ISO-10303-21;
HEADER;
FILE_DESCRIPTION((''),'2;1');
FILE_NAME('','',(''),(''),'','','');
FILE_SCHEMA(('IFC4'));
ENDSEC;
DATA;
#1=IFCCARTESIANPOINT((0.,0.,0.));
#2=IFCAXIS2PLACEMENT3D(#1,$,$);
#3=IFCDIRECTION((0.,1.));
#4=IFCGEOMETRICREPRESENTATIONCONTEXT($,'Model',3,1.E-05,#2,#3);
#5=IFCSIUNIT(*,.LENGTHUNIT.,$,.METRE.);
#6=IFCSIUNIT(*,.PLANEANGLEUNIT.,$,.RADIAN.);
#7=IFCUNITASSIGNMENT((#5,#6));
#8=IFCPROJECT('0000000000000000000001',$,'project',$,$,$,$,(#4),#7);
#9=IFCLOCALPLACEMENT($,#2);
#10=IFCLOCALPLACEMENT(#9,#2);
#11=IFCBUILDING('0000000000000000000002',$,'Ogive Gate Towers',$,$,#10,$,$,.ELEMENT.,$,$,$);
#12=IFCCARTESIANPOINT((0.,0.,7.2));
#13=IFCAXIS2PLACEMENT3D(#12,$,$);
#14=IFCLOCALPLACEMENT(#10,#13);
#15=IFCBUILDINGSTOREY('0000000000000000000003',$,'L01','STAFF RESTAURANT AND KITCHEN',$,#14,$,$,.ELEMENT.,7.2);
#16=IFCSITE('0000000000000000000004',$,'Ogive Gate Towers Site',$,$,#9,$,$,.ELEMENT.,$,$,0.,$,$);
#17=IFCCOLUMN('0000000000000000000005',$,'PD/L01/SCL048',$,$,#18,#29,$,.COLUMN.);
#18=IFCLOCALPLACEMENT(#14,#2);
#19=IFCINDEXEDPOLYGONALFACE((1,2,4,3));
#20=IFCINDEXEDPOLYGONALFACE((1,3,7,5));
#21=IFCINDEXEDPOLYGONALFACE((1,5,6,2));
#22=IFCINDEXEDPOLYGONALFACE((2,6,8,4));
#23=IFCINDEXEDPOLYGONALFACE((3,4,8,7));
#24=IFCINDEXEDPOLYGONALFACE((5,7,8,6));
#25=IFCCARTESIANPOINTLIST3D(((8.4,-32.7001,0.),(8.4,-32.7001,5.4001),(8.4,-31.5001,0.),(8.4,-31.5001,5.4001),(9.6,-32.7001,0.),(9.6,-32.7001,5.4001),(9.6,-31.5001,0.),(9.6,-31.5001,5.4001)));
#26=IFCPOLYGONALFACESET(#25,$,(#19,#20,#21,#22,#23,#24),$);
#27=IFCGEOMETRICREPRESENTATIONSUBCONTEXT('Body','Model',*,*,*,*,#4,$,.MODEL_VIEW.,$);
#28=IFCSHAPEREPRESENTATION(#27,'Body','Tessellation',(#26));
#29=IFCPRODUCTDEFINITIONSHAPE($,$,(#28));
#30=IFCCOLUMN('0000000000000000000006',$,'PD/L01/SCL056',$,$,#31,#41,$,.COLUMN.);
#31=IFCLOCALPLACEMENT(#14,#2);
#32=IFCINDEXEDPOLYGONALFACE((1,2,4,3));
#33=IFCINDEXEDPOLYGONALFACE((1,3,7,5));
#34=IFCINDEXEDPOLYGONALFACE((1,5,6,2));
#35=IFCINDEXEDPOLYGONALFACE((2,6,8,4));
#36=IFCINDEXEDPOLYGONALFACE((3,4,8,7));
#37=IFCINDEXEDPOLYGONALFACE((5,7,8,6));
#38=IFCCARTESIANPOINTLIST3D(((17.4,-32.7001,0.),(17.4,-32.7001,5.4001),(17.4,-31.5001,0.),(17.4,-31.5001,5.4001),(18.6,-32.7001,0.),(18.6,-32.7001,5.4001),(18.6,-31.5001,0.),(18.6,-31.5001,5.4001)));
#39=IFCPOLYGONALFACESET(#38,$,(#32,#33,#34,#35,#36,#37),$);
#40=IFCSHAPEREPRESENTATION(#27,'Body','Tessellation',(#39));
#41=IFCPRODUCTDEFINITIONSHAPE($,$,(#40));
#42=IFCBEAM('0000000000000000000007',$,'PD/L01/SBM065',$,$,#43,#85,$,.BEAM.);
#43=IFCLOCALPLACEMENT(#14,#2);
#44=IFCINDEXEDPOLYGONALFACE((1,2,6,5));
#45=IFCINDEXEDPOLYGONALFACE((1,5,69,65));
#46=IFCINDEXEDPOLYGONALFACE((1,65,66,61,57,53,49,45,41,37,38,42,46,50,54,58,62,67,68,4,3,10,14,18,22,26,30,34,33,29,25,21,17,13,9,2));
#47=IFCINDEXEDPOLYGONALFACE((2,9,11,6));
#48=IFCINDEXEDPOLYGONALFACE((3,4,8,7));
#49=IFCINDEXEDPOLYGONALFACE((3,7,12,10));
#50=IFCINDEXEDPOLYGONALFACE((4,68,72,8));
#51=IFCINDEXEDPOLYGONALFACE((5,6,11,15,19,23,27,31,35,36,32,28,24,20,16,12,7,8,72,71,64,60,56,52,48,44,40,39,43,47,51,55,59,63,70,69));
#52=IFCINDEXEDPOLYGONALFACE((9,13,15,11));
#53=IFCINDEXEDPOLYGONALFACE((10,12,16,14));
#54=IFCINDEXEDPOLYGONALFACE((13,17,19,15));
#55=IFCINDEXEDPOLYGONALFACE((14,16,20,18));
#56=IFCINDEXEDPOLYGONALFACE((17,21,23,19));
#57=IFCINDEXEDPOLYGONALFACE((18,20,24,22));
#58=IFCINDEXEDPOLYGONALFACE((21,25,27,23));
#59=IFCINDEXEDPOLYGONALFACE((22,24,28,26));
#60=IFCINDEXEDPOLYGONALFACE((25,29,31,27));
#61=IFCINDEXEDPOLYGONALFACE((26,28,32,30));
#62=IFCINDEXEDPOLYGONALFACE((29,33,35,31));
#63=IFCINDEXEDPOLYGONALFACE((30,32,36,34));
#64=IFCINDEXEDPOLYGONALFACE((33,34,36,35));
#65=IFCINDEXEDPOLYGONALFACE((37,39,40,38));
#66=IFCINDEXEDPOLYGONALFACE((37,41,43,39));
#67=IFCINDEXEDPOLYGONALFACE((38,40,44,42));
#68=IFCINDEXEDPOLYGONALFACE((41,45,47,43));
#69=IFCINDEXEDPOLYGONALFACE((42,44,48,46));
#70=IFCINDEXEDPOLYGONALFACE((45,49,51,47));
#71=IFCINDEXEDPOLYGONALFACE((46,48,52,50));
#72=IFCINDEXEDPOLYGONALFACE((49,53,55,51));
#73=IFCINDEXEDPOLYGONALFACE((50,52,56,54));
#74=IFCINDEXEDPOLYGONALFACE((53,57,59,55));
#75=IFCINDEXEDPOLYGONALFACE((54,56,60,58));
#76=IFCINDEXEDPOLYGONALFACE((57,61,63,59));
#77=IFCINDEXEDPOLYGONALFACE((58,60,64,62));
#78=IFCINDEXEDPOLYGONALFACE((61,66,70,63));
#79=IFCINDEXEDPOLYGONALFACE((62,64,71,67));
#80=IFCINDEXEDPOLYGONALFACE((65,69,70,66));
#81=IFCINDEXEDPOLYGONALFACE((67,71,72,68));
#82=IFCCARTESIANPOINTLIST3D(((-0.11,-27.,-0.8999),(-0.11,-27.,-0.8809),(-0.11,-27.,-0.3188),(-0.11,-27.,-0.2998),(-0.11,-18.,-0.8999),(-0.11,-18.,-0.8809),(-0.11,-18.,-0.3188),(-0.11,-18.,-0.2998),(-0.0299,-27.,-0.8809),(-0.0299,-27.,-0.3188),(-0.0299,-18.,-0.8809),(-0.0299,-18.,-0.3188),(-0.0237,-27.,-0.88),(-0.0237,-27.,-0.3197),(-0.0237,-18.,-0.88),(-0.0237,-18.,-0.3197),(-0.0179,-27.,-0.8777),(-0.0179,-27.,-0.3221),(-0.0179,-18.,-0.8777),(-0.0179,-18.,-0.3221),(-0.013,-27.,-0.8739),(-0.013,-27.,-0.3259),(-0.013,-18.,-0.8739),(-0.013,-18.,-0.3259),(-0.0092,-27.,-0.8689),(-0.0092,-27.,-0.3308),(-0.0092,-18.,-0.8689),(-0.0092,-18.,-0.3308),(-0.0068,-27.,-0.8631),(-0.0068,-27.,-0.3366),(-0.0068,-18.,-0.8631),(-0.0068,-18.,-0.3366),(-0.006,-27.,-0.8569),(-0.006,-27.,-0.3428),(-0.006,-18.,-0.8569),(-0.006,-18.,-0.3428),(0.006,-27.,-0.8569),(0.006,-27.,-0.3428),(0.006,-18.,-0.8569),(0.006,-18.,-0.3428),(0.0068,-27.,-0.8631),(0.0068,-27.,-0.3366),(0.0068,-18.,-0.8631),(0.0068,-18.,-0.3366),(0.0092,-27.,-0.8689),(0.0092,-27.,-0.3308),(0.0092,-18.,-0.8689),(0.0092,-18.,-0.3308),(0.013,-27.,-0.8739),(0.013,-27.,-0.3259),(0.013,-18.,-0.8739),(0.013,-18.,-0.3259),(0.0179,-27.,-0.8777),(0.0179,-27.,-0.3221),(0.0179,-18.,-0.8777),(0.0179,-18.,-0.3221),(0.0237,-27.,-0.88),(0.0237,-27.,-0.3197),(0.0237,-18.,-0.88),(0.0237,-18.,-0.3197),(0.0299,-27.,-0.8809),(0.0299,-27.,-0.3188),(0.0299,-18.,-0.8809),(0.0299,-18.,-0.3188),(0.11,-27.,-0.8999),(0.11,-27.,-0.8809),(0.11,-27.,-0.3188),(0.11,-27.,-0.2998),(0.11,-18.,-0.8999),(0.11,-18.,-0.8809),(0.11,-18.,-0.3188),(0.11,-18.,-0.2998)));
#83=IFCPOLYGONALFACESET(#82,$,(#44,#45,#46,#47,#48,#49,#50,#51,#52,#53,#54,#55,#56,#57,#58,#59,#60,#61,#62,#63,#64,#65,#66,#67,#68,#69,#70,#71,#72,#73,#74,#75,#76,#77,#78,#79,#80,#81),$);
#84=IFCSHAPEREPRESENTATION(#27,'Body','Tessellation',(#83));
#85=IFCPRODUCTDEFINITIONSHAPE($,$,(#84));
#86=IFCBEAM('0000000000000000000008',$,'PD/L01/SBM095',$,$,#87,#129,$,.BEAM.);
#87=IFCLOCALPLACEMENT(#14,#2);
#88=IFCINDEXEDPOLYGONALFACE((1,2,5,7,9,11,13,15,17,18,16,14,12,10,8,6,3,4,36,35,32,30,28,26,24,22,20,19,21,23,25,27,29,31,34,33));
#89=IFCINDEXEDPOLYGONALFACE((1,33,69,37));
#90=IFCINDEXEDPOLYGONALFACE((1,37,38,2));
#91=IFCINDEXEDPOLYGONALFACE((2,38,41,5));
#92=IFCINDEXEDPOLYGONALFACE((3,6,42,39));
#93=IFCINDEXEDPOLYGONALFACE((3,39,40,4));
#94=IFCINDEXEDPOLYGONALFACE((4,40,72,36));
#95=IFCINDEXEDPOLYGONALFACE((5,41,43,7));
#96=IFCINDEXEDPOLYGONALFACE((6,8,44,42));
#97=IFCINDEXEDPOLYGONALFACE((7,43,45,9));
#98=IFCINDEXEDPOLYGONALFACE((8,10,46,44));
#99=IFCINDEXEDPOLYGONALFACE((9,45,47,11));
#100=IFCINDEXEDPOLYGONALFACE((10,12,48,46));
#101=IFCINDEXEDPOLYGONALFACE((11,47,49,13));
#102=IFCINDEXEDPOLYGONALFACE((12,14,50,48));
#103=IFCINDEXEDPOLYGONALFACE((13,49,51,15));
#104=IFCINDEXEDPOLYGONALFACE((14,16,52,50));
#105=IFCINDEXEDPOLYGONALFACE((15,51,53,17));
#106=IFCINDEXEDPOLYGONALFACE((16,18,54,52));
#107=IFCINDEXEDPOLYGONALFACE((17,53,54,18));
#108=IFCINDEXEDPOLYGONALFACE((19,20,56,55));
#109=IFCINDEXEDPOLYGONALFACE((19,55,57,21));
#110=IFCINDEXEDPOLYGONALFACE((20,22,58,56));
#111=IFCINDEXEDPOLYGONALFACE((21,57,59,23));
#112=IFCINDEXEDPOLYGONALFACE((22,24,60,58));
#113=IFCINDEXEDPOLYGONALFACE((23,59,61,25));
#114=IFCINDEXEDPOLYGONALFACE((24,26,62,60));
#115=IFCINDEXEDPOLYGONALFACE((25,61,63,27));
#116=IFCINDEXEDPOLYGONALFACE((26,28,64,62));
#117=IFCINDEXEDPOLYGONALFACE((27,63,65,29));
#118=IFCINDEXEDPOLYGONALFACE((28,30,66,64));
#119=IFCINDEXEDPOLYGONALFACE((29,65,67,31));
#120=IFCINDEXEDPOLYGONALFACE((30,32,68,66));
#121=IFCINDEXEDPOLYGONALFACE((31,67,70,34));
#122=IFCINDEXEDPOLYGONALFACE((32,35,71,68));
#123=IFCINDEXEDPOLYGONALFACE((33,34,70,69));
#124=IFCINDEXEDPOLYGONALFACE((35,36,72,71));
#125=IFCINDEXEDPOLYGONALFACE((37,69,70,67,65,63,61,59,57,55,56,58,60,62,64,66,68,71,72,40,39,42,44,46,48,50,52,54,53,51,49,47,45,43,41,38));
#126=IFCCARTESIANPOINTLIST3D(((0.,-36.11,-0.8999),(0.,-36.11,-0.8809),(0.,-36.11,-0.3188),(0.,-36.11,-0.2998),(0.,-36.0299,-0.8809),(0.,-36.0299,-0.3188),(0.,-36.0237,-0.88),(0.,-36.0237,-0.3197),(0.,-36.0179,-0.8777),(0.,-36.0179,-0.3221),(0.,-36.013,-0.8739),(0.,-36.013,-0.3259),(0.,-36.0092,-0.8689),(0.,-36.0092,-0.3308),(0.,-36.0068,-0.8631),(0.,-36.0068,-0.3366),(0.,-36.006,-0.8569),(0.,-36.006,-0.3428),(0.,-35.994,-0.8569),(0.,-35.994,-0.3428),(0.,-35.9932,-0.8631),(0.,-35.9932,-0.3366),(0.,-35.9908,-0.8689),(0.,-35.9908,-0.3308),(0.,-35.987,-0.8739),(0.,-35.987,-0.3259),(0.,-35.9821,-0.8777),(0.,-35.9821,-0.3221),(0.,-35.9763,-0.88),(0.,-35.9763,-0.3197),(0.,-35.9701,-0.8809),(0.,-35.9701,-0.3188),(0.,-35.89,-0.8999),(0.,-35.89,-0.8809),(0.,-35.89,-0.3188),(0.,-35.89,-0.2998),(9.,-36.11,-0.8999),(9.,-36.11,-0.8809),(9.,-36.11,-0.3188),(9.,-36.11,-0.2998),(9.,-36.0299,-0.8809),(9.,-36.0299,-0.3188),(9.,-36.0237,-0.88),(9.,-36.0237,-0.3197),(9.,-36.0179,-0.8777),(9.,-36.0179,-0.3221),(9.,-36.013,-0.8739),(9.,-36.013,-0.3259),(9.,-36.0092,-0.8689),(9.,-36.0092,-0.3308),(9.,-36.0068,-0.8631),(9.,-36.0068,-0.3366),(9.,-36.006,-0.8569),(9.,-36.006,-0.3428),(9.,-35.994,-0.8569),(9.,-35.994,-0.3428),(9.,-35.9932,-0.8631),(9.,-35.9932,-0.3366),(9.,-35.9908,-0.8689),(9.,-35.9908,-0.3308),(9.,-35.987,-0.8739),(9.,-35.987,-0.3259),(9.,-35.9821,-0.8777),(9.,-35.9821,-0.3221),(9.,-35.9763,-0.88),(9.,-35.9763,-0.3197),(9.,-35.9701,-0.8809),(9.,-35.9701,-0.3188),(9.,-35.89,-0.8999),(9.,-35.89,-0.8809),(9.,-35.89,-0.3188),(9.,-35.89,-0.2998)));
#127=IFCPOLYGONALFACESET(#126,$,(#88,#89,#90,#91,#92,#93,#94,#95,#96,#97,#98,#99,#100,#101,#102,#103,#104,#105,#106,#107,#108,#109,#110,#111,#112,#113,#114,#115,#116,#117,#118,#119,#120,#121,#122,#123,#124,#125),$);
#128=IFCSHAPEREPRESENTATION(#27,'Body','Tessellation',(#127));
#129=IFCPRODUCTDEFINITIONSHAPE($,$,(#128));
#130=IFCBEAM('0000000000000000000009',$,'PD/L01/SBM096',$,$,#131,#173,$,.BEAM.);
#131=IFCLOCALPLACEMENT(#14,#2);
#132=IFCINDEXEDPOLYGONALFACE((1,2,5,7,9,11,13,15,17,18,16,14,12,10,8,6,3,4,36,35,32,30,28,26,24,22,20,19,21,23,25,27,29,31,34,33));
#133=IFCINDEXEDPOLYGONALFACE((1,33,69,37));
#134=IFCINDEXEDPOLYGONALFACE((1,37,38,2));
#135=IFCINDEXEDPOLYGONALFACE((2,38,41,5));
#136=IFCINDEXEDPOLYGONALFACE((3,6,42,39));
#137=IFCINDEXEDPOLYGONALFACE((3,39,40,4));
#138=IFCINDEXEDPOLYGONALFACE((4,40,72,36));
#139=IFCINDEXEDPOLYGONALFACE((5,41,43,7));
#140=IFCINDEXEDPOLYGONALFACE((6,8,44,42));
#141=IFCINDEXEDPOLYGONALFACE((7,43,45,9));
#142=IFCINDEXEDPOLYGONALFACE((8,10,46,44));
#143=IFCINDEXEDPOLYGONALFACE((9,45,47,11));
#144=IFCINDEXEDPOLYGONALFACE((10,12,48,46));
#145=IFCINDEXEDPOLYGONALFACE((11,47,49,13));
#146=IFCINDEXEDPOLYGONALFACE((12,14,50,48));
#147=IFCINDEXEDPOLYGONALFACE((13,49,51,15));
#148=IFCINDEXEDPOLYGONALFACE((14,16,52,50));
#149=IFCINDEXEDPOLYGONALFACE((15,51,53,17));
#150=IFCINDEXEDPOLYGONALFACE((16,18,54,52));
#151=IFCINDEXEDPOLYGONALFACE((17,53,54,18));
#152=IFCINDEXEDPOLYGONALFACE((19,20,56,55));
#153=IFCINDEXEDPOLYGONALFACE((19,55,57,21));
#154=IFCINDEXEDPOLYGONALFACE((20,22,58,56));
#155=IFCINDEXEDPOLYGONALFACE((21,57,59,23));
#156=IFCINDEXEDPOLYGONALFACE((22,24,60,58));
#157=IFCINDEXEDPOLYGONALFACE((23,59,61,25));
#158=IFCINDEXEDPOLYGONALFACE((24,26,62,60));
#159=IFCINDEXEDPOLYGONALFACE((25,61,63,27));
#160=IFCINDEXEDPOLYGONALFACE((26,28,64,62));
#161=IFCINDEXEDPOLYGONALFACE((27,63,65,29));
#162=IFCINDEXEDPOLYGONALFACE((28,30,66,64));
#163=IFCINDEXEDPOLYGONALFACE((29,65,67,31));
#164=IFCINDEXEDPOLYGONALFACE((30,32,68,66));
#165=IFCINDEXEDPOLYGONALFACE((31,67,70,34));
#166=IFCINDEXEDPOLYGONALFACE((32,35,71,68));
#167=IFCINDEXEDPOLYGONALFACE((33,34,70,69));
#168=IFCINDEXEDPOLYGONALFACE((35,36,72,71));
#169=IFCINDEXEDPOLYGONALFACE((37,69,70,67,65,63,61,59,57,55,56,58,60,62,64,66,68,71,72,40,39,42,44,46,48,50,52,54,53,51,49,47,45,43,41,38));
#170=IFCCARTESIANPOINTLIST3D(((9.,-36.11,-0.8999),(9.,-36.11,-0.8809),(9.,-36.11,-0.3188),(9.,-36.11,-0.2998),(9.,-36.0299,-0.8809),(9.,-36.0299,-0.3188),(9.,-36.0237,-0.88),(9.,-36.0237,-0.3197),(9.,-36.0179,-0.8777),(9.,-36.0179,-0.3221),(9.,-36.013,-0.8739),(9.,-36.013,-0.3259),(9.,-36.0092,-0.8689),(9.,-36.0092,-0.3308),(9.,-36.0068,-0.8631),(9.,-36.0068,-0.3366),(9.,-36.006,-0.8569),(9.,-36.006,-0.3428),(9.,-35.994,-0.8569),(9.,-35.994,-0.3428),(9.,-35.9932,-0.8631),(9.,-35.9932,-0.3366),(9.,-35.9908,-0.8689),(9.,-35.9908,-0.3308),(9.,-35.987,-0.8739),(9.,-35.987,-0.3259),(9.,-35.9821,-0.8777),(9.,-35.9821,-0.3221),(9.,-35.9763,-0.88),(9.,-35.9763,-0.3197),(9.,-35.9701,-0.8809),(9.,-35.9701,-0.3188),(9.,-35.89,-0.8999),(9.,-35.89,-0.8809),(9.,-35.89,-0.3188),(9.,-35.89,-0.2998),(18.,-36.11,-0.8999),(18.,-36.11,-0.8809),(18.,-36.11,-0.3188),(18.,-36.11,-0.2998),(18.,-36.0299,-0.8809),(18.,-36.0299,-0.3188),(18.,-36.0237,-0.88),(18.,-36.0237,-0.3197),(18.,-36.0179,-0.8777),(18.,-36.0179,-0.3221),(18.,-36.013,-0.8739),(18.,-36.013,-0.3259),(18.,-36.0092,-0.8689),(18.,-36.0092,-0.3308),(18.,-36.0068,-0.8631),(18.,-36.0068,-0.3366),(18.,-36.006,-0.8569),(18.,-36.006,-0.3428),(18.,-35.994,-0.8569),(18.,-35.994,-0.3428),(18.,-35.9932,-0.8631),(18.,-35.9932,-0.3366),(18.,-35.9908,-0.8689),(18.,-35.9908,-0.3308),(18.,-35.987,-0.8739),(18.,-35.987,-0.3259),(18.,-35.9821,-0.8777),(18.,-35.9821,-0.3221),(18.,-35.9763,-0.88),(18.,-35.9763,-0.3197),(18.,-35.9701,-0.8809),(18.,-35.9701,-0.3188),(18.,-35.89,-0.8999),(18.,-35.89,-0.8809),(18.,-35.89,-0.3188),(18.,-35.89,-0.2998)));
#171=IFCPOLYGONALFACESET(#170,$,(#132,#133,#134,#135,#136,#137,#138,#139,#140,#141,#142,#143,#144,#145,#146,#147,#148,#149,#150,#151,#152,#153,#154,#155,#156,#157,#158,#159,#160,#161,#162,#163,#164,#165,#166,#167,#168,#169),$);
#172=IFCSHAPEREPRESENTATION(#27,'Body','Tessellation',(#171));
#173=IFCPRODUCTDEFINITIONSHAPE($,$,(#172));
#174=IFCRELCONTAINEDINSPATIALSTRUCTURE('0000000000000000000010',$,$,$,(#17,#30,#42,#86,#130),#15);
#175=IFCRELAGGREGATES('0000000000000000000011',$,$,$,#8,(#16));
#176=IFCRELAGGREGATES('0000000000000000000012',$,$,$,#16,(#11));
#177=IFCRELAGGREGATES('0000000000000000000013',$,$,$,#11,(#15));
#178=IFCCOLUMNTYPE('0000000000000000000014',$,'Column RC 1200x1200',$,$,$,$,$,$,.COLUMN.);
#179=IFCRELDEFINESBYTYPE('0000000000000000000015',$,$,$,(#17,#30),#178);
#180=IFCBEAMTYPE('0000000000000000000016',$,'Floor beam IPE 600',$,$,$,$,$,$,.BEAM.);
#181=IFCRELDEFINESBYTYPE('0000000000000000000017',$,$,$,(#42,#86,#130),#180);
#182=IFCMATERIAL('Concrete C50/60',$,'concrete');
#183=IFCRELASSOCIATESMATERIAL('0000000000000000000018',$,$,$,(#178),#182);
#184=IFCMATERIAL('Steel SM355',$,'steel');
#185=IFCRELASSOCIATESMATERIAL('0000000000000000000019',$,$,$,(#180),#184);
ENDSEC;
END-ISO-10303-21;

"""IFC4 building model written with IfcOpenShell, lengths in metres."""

from ifc_helpers import new_model, si_unit, direction, frame, origin, origin_2d, place, context, subcontext, project, spatial, rectangle, i_section, extrude, material, material_profile, profile_set, type_object, element, save


model = new_model("IFC4")

# Units and contexts
model_context = context("Model", 3, precision=1e-05, world=origin(), true_north=direction((0.0, 1.0)))
body_context = subcontext(model_context, "Body", "Model", "MODEL_VIEW")
ifc_project = project(units=[si_unit("LENGTHUNIT", "METRE"), si_unit("PLANEANGLEUNIT", "RADIAN")], contexts=[model_context])

# Site, building, storey
site_placement = place(None, origin())
site = spatial("IfcSite", under=ifc_project, at=site_placement, Name="Ogive Gate Towers Site", CompositionType="ELEMENT", RefElevation=0.0)
building_placement = place(site_placement, origin())
building = spatial("IfcBuilding", under=site, at=building_placement, Name="Ogive Gate Towers", CompositionType="ELEMENT")
storey_placement = place(building_placement, frame((0.0, 0.0, 7.2)))
storey = spatial("IfcBuildingStorey", under=building, at=storey_placement, Name="L01", Description="STAFF RESTAURANT AND KITCHEN", CompositionType="ELEMENT", Elevation=7.2)

# Columns
ifc_material_1 = material(Name="Concrete C50/60", Category="concrete")
ifc_material_profile_1 = material_profile(ifc_material_1, rectangle(XDim=1.2, YDim=1.2, at=origin_2d()), Name="RC 1200x1200")
ifc_profile_set_1 = profile_set([ifc_material_profile_1], Name="Concrete C50/60")
column_type = type_object("IfcColumnType", Name="Column RC 1200x1200", PredefinedType="COLUMN", material=ifc_profile_set_1)
for number, where, z_axis, x_axis, name in (
    (1, (9.0, -32.1001, 0.0), (0.0, 0.0, 1.0), (1.0, 0.0, 0.0), "PD/L01/SCL048"),
    (2, (18.0, -32.1001, 0.0), (0.0, 0.0, 1.0), (1.0, 0.0, 0.0), "PD/L01/SCL056"),
):
    element("IfcColumn", number, at=place(storey_placement, frame(where, z_axis=z_axis, x_axis=x_axis)), inside=storey, type_object=column_type, Name=name, PredefinedType="COLUMN", context=body_context, shape_type="SweptSolid", body=[
        extrude(rectangle(XDim=1.2, YDim=1.2, at=origin_2d()), origin(), (0.0, 0.0, 1.0), 5.4001),
    ])

# Beams
ifc_material_2 = material(Name="Steel SM355", Category="steel")
ifc_material_profile_2 = material_profile(ifc_material_2, i_section(OverallWidth=0.22, OverallDepth=0.6001, WebThickness=0.012, FlangeThickness=0.019, FilletRadius=0.0239, at=origin_2d()), Name="IPE 600")
ifc_profile_set_2 = profile_set([ifc_material_profile_2], Name="Steel SM355")
beam_type_1 = type_object("IfcBeamType", Name="Floor beam IPE 600", PredefinedType="BEAM", material=ifc_profile_set_2)
for number, where, z_axis, x_axis, name in (
    (3, (0.0, -27.0, -0.5999), (0.0, 1.0, 0.0), (-1.0, 0.0, 0.0), "PD/L01/SBM065"),
    (4, (0.0, -36.0, -0.5999), (1.0, 0.0, 0.0), (0.0, 1.0, 0.0), "PD/L01/SBM095"),
    (5, (9.0, -36.0, -0.5999), (1.0, 0.0, 0.0), (0.0, 1.0, 0.0), "PD/L01/SBM096"),
):
    element("IfcBeam", number, at=place(storey_placement, frame(where, z_axis=z_axis, x_axis=x_axis)), inside=storey, type_object=beam_type_1, Name=name, PredefinedType="BEAM", context=body_context, shape_type="SweptSolid", body=[
        extrude(i_section(OverallWidth=0.22, OverallDepth=0.6001, WebThickness=0.012, FlangeThickness=0.019, FilletRadius=0.0239, at=origin_2d()), origin(), (0.0, 0.0, 1.0), 9.0),
    ])

save(model, "model.ifc")
